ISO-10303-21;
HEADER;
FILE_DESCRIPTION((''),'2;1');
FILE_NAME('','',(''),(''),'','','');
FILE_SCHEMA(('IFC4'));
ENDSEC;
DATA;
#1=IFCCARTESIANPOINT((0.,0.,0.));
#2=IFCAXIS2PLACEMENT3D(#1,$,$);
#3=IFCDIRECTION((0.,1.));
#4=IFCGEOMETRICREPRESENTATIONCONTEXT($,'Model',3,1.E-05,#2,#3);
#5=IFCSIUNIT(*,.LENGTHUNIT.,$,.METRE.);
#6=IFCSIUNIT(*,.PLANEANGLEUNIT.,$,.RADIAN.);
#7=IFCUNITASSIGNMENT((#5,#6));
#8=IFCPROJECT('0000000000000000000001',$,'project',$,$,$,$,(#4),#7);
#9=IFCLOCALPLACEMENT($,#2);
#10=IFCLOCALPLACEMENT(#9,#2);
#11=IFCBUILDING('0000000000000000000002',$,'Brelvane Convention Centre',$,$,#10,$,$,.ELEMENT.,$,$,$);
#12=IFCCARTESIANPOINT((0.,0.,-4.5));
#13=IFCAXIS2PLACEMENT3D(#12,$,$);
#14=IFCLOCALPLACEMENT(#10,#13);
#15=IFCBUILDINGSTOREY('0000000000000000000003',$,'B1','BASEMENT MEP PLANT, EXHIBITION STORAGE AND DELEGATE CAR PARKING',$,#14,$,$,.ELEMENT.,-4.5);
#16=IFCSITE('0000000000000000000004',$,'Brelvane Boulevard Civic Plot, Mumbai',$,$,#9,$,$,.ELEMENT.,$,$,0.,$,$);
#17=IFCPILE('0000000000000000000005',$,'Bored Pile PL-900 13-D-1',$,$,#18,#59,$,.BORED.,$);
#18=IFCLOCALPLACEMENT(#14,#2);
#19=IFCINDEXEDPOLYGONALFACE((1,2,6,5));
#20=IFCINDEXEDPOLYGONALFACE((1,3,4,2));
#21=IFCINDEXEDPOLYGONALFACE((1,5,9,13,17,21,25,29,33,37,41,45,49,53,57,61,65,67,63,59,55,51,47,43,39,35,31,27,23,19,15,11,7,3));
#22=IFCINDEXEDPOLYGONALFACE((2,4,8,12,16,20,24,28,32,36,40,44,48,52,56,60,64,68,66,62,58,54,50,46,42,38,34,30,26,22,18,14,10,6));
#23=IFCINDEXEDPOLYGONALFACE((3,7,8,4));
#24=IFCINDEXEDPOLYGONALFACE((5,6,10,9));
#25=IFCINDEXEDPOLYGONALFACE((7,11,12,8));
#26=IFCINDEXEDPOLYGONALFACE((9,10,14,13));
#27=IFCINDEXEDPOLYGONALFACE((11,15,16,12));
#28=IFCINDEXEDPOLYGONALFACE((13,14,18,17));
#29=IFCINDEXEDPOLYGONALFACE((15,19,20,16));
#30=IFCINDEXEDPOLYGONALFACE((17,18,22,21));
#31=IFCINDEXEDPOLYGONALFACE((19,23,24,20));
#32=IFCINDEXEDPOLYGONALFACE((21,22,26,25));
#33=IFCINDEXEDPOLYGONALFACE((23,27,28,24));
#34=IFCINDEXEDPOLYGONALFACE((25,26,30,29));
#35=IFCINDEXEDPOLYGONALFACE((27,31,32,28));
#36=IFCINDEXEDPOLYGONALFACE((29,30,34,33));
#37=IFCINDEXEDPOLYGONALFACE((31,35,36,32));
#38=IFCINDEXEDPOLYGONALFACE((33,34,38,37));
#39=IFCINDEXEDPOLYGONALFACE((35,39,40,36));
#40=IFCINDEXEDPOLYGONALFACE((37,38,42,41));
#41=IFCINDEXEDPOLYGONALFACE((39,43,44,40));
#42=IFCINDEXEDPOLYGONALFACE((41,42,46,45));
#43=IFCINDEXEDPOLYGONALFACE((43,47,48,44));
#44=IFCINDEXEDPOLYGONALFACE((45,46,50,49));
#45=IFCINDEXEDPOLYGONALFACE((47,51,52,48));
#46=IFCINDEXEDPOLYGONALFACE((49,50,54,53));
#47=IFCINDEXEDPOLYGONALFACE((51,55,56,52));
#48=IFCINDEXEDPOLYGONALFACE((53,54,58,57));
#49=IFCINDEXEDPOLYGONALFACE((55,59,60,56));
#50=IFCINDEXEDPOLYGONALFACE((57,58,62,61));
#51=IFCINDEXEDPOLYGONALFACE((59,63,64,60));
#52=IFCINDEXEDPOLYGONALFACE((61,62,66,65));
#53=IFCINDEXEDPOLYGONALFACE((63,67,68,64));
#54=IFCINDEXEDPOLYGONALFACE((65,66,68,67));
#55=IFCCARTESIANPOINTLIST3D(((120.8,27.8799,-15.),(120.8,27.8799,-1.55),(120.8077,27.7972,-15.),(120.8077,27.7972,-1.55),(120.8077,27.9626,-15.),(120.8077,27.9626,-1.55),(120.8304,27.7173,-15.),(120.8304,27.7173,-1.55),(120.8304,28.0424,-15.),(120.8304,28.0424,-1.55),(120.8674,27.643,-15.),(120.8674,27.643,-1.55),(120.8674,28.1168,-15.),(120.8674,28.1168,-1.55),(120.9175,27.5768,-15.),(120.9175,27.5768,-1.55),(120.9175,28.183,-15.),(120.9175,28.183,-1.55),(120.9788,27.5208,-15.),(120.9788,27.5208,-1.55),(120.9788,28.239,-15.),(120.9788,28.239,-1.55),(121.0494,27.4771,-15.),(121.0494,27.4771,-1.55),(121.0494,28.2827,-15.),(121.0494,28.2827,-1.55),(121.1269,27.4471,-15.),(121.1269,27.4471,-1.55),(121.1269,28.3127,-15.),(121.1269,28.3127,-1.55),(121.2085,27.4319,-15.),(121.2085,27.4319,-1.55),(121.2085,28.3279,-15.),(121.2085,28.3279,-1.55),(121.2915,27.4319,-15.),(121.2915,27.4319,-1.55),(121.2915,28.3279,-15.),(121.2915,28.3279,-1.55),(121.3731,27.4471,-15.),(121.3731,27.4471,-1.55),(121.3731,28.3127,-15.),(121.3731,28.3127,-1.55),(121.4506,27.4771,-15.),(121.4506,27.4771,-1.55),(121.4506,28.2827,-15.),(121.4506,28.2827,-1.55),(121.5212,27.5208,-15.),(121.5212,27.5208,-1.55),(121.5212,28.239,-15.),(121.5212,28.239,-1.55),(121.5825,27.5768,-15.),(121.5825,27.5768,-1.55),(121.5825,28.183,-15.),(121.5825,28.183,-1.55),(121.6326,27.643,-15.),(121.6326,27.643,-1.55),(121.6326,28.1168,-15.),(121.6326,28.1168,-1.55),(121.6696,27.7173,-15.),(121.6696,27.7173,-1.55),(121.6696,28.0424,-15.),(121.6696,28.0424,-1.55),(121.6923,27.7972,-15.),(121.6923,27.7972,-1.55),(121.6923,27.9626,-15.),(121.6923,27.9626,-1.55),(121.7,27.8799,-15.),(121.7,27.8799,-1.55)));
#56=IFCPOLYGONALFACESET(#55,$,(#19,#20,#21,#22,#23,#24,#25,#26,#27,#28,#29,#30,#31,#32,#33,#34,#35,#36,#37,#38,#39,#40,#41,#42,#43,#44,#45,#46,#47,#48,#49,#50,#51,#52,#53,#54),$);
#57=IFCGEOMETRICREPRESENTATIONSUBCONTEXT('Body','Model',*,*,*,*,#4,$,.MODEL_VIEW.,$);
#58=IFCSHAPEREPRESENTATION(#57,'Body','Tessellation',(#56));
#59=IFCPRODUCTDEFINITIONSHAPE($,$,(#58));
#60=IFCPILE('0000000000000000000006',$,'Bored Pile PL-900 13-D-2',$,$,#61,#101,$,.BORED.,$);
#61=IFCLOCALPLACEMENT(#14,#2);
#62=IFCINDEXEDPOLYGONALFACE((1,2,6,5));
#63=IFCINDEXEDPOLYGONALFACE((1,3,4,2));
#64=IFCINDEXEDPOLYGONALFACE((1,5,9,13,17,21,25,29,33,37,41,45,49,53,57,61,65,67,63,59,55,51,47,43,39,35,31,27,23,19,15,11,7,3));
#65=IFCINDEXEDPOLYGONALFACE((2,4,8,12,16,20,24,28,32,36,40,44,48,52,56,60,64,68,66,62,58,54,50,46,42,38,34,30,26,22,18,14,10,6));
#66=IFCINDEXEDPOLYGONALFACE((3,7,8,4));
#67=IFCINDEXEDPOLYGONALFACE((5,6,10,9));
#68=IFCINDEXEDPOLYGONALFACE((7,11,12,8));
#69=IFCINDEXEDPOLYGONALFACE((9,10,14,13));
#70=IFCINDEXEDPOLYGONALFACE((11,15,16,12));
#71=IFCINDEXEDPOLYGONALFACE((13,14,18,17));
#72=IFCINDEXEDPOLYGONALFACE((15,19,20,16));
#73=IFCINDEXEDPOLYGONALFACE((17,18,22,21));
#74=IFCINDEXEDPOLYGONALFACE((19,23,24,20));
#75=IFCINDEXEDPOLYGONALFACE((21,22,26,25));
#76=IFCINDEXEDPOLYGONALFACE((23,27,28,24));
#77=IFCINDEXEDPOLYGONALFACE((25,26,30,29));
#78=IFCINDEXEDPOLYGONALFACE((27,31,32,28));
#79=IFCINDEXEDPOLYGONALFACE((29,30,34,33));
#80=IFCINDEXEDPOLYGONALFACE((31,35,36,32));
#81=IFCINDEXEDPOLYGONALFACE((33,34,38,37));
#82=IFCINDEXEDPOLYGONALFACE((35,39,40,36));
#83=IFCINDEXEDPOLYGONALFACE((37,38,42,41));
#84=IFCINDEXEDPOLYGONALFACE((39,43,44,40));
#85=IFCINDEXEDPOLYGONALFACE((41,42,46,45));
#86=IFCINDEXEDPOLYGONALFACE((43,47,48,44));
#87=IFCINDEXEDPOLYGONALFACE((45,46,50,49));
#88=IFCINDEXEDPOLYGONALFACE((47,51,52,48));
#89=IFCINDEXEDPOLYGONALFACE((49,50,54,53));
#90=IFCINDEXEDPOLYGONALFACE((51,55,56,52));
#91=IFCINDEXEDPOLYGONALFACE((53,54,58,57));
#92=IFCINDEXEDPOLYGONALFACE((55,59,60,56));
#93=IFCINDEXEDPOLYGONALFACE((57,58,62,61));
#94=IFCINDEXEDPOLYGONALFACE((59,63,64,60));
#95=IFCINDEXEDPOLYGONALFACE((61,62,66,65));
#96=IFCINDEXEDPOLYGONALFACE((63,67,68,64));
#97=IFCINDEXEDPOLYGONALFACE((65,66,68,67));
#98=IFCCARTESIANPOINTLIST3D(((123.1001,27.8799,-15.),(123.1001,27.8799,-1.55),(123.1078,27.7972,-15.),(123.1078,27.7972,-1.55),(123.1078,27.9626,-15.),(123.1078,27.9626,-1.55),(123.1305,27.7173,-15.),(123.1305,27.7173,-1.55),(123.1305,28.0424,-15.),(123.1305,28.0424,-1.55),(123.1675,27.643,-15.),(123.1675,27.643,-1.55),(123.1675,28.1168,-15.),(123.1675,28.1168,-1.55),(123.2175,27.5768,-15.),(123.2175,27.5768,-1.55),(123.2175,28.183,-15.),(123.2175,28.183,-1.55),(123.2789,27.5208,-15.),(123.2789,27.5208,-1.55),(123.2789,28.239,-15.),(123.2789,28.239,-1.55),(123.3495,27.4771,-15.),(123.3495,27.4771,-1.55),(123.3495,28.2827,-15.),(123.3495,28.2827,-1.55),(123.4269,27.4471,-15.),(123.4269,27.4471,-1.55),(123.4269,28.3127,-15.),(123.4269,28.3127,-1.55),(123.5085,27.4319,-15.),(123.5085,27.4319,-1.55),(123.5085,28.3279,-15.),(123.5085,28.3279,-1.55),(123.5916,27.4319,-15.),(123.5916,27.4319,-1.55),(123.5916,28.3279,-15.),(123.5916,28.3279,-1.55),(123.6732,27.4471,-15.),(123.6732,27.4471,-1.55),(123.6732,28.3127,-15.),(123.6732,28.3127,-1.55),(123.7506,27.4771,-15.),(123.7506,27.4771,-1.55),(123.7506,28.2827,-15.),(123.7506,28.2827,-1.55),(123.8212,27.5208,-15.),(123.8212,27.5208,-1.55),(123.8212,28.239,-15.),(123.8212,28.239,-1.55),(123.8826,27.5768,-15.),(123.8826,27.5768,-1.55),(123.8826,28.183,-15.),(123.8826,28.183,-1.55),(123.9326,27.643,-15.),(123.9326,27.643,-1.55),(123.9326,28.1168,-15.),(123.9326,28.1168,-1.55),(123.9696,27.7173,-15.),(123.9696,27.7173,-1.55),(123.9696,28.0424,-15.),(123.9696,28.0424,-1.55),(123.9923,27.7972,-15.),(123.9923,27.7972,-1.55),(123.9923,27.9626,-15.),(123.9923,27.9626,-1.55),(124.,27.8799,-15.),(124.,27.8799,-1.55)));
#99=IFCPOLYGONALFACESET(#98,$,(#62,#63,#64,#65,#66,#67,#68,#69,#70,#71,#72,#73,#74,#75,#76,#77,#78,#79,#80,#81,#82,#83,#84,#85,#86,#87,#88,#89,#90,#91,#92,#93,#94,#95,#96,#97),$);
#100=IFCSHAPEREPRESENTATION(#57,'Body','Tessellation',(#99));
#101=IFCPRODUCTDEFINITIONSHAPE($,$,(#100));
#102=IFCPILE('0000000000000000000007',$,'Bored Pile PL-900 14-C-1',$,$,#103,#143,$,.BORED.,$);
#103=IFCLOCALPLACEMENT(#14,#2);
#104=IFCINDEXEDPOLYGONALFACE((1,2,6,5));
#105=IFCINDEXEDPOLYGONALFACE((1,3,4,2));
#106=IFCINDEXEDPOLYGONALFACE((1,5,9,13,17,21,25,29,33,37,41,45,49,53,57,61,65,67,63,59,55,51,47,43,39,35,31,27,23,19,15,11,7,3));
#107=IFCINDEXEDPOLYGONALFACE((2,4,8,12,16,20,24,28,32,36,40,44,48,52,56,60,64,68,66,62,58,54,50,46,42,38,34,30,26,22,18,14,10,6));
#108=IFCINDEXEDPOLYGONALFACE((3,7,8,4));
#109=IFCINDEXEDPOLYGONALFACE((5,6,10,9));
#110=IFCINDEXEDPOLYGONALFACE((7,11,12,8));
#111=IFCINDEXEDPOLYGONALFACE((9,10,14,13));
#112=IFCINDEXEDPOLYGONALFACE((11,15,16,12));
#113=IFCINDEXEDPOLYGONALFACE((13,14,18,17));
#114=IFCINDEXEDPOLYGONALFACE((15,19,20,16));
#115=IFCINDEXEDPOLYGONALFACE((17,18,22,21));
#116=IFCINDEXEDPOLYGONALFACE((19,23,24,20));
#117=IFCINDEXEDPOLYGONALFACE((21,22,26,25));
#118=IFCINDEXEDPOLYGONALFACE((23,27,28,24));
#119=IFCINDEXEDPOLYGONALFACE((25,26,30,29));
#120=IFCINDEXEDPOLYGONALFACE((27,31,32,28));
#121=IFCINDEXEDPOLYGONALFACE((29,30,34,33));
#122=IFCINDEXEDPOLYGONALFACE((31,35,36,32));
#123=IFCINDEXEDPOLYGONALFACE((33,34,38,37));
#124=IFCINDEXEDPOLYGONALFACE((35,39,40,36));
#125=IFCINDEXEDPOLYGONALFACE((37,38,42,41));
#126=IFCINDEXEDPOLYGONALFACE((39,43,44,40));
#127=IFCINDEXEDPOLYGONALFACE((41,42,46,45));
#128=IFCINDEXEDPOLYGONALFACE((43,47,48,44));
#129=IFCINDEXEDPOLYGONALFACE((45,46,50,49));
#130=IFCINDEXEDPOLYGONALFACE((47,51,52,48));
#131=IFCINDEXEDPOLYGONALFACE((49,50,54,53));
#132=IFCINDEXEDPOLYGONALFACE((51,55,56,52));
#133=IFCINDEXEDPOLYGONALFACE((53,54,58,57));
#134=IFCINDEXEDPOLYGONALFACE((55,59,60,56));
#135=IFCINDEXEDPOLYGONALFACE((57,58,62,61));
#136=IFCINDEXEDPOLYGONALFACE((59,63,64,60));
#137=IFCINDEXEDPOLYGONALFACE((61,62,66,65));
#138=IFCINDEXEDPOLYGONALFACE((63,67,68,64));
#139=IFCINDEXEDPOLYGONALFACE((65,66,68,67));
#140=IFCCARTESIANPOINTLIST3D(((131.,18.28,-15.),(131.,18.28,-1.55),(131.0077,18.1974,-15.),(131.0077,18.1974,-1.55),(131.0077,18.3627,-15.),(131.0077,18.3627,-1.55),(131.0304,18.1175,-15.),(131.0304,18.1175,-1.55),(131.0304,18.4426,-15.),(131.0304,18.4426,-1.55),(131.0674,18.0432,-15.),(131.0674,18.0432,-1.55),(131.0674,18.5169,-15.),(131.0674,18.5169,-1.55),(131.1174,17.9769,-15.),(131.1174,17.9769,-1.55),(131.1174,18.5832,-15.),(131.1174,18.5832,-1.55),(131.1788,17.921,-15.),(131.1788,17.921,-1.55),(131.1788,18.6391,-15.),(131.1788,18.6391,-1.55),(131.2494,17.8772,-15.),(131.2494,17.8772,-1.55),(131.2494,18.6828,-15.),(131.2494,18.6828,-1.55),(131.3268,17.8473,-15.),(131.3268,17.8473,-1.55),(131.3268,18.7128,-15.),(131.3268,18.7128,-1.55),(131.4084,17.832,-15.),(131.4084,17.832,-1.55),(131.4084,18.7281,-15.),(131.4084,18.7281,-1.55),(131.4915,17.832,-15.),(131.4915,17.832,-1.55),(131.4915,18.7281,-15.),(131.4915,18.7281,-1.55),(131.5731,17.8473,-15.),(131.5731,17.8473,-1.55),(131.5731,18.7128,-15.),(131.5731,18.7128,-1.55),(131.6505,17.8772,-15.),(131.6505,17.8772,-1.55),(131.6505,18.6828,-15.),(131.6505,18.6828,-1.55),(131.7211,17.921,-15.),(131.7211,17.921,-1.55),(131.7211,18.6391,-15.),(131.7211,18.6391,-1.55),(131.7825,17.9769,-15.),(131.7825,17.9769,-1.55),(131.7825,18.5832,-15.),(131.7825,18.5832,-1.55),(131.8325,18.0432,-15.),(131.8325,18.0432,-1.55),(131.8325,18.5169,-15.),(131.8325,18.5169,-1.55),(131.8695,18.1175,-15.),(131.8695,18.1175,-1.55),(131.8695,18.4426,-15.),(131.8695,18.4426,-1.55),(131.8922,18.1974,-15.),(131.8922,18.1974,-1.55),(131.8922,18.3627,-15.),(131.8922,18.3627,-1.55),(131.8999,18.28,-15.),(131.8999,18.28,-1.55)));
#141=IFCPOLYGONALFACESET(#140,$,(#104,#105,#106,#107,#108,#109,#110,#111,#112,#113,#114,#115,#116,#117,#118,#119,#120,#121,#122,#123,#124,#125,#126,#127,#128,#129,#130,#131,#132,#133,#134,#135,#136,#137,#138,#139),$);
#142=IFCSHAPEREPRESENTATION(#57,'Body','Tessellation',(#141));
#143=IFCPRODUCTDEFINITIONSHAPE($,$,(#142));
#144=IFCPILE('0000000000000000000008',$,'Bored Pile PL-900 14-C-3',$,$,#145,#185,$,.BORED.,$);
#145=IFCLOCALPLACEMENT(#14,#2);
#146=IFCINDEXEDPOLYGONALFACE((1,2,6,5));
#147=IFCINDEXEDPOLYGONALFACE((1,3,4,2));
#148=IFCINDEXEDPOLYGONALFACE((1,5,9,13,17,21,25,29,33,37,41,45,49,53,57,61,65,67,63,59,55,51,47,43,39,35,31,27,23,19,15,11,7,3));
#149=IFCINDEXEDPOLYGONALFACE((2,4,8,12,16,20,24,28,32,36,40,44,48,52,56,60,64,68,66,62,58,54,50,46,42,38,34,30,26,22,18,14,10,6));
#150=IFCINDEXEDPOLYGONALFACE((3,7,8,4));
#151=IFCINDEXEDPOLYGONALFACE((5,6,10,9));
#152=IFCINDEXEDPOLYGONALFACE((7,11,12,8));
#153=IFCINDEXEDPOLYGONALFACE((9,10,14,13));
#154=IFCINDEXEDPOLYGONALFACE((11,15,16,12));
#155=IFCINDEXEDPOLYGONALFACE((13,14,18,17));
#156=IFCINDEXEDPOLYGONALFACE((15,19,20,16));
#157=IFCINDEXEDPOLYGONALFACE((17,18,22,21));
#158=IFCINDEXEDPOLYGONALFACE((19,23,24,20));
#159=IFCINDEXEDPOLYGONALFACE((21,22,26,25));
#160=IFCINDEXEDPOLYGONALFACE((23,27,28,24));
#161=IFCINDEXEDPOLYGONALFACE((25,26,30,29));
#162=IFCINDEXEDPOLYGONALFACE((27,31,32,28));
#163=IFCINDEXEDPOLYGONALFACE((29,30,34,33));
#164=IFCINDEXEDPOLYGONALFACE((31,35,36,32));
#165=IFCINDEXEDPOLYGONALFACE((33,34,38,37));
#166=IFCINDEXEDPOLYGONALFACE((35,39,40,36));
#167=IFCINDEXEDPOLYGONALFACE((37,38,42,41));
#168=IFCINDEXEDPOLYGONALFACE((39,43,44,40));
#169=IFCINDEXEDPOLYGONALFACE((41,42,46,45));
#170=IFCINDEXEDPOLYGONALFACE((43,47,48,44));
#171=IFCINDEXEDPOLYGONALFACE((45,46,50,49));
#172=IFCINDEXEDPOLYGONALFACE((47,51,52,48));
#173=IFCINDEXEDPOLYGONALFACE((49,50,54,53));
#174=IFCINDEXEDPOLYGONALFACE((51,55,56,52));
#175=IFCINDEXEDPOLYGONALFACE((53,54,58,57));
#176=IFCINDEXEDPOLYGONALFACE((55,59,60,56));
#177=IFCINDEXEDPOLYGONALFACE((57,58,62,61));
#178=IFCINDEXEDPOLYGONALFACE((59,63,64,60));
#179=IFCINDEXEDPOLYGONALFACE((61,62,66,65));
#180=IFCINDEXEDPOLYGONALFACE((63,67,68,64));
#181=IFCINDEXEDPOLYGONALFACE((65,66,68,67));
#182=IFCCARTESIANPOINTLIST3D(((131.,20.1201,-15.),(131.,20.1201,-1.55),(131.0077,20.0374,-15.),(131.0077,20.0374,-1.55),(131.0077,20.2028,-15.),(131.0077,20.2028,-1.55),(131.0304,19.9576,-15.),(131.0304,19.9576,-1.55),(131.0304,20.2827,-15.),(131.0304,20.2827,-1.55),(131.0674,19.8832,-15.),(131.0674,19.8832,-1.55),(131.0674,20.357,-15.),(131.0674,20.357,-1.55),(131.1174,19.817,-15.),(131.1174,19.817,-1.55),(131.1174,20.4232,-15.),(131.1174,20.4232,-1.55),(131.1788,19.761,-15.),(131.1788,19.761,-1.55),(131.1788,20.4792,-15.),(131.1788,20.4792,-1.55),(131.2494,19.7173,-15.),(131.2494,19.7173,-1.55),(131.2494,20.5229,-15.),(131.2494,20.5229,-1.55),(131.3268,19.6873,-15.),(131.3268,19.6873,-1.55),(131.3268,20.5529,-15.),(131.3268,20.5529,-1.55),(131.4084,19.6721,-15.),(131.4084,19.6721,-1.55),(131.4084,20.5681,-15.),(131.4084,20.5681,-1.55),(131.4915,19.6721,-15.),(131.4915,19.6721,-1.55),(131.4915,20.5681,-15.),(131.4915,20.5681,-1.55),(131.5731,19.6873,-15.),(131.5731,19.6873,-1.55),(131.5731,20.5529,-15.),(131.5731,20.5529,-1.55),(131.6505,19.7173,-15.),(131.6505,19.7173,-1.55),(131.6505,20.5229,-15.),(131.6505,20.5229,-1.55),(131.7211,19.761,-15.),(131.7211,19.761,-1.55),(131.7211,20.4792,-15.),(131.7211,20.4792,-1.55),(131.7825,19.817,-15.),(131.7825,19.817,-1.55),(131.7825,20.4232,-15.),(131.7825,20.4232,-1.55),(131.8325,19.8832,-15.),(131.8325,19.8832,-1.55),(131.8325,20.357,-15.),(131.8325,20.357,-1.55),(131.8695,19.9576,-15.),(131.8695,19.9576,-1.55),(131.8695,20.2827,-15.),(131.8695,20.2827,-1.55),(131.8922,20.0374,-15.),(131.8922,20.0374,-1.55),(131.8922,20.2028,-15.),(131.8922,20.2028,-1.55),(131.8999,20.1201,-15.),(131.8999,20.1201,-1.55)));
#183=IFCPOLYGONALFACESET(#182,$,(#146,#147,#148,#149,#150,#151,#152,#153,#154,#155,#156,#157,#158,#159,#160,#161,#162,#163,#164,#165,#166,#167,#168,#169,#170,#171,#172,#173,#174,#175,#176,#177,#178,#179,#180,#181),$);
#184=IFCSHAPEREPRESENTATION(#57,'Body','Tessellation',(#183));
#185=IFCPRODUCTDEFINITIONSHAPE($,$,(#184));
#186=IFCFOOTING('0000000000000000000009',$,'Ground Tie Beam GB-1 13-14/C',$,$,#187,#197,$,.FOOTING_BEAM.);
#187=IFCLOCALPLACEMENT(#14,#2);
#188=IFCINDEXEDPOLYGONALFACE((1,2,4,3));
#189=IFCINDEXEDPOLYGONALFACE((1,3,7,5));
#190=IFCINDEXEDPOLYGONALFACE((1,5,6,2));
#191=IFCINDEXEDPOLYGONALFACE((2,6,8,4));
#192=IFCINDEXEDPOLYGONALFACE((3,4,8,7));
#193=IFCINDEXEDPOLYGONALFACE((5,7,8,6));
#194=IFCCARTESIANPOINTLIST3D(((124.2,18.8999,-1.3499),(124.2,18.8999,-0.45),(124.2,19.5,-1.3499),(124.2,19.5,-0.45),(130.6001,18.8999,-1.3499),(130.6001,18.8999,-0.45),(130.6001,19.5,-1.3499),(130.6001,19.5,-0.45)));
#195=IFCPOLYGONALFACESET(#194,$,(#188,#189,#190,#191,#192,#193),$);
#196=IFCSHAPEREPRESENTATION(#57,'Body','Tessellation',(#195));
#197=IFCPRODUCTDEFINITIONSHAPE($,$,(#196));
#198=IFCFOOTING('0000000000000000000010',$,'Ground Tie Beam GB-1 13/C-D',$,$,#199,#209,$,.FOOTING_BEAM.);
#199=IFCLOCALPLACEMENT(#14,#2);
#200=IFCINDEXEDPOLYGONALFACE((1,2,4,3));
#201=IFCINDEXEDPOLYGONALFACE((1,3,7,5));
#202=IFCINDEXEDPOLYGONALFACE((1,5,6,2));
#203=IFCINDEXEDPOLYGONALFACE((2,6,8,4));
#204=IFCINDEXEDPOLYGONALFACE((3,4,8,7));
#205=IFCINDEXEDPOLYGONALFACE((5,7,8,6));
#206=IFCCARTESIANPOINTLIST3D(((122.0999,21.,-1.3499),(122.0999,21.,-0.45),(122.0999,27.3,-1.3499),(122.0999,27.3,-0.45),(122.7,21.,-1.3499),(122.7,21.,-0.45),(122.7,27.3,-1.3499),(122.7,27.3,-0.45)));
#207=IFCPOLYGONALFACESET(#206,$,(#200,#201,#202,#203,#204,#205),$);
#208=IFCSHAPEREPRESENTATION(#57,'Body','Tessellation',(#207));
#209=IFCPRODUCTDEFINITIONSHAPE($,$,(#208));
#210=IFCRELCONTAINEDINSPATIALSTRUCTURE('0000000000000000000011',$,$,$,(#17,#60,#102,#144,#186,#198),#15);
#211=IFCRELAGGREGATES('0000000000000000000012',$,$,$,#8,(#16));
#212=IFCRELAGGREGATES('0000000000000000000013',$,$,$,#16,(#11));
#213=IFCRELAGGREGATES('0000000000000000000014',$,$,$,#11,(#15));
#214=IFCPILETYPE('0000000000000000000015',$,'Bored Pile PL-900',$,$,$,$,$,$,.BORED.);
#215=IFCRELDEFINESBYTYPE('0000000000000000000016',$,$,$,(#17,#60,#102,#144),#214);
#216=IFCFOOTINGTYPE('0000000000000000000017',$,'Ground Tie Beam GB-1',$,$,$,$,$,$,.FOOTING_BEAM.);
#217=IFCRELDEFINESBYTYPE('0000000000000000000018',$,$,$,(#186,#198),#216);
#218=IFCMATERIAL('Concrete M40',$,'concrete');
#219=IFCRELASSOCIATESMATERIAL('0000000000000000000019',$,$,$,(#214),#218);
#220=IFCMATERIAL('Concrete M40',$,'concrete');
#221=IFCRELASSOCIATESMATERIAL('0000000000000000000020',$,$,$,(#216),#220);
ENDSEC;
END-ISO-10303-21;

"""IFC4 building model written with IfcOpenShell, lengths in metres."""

from ifc_helpers import new_model, si_unit, direction, frame, origin, origin_2d, place, context, subcontext, project, spatial, rectangle, circle, extrude, material, material_profile, profile_set, type_object, element, save


model = new_model("IFC4")

# Units and contexts
model_context = context("Model", 3, precision=1e-05, world=origin(), true_north=direction((0.0, 1.0)))
body_context = subcontext(model_context, "Body", "Model", "MODEL_VIEW")
ifc_project = project(units=[si_unit("LENGTHUNIT", "METRE"), si_unit("PLANEANGLEUNIT", "RADIAN")], contexts=[model_context])

# Site, building, storey
site_placement = place(None, origin())
site = spatial("IfcSite", under=ifc_project, at=site_placement, Name="Brelvane Boulevard Civic Plot, Mumbai", CompositionType="ELEMENT", RefElevation=0.0)
building_placement = place(site_placement, origin())
building = spatial("IfcBuilding", under=site, at=building_placement, Name="Brelvane Convention Centre", CompositionType="ELEMENT")
storey_placement = place(building_placement, frame((0.0, 0.0, -4.5)))
storey = spatial("IfcBuildingStorey", under=building, at=storey_placement, Name="B1", Description="BASEMENT MEP PLANT, EXHIBITION STORAGE AND DELEGATE CAR PARKING", CompositionType="ELEMENT", Elevation=-4.5)

# Piles
ifc_material_1 = material(Name="Concrete M40", Category="concrete")
ifc_material_profile_1 = material_profile(ifc_material_1, circle(Radius=0.45, at=origin_2d()), Name="PILE D900")
ifc_profile_set_1 = profile_set([ifc_material_profile_1], Name="Concrete M40")
pile_type = type_object("IfcPileType", Name="Bored Pile PL-900", PredefinedType="BORED", material=ifc_profile_set_1)
for number, where, z_axis, x_axis, name in (
    (1, (121.25, 27.8799, -1.55), (0.0, 0.0, -1.0), (1.0, 0.0, 0.0), "Bored Pile PL-900 13-D-1"),
    (2, (123.55, 27.8799, -1.55), (0.0, 0.0, -1.0), (1.0, 0.0, 0.0), "Bored Pile PL-900 13-D-2"),
    (3, (131.45, 18.28, -1.55), (0.0, 0.0, -1.0), (1.0, 0.0, 0.0), "Bored Pile PL-900 14-C-1"),
    (4, (131.45, 20.1201, -1.55), (0.0, 0.0, -1.0), (1.0, 0.0, 0.0), "Bored Pile PL-900 14-C-3"),
):
    element("IfcPile", number, at=place(storey_placement, frame(where, z_axis=z_axis, x_axis=x_axis)), inside=storey, type_object=pile_type, Name=name, PredefinedType="BORED", context=body_context, shape_type="SweptSolid", body=[
        extrude(circle(Radius=0.45, at=origin_2d()), origin(), (0.0, 0.0, 1.0), 13.45),
    ])

# Footings
ifc_material_2 = material(Name="Concrete M40", Category="concrete")
ifc_material_profile_2 = material_profile(ifc_material_2, rectangle(XDim=0.6001, YDim=0.8999, at=origin_2d()), Name="RC 600x900")
ifc_profile_set_2 = profile_set([ifc_material_profile_2], Name="Concrete M40")
footing_type = type_object("IfcFootingType", Name="Ground Tie Beam GB-1", PredefinedType="FOOTING_BEAM", material=ifc_profile_set_2)
footing_1_placement = place(storey_placement, frame((124.2, 19.2, -0.8999), z_axis=(1.0, 0.0, 0.0), x_axis=(0.0, 1.0, 0.0)))
element("IfcFooting", 5, at=footing_1_placement, inside=storey, type_object=footing_type, Name="Ground Tie Beam GB-1 13-14/C", PredefinedType="FOOTING_BEAM", context=body_context, shape_type="SweptSolid", body=[
    extrude(rectangle(XDim=0.6001, YDim=0.8999, at=origin_2d()), origin(), (0.0, 0.0, 1.0), 6.4001),
])
footing_2_placement = place(storey_placement, frame((122.3999, 21.0, -0.8999), z_axis=(0.0, 1.0, 0.0), x_axis=(-1.0, 0.0, 0.0)))
element("IfcFooting", 6, at=footing_2_placement, inside=storey, type_object=footing_type, Name="Ground Tie Beam GB-1 13/C-D", PredefinedType="FOOTING_BEAM", context=body_context, shape_type="SweptSolid", body=[
    extrude(rectangle(XDim=0.6001, YDim=0.8999, at=origin_2d()), origin(), (0.0, 0.0, 1.0), 6.3),
])

save(model, "model.ifc")
